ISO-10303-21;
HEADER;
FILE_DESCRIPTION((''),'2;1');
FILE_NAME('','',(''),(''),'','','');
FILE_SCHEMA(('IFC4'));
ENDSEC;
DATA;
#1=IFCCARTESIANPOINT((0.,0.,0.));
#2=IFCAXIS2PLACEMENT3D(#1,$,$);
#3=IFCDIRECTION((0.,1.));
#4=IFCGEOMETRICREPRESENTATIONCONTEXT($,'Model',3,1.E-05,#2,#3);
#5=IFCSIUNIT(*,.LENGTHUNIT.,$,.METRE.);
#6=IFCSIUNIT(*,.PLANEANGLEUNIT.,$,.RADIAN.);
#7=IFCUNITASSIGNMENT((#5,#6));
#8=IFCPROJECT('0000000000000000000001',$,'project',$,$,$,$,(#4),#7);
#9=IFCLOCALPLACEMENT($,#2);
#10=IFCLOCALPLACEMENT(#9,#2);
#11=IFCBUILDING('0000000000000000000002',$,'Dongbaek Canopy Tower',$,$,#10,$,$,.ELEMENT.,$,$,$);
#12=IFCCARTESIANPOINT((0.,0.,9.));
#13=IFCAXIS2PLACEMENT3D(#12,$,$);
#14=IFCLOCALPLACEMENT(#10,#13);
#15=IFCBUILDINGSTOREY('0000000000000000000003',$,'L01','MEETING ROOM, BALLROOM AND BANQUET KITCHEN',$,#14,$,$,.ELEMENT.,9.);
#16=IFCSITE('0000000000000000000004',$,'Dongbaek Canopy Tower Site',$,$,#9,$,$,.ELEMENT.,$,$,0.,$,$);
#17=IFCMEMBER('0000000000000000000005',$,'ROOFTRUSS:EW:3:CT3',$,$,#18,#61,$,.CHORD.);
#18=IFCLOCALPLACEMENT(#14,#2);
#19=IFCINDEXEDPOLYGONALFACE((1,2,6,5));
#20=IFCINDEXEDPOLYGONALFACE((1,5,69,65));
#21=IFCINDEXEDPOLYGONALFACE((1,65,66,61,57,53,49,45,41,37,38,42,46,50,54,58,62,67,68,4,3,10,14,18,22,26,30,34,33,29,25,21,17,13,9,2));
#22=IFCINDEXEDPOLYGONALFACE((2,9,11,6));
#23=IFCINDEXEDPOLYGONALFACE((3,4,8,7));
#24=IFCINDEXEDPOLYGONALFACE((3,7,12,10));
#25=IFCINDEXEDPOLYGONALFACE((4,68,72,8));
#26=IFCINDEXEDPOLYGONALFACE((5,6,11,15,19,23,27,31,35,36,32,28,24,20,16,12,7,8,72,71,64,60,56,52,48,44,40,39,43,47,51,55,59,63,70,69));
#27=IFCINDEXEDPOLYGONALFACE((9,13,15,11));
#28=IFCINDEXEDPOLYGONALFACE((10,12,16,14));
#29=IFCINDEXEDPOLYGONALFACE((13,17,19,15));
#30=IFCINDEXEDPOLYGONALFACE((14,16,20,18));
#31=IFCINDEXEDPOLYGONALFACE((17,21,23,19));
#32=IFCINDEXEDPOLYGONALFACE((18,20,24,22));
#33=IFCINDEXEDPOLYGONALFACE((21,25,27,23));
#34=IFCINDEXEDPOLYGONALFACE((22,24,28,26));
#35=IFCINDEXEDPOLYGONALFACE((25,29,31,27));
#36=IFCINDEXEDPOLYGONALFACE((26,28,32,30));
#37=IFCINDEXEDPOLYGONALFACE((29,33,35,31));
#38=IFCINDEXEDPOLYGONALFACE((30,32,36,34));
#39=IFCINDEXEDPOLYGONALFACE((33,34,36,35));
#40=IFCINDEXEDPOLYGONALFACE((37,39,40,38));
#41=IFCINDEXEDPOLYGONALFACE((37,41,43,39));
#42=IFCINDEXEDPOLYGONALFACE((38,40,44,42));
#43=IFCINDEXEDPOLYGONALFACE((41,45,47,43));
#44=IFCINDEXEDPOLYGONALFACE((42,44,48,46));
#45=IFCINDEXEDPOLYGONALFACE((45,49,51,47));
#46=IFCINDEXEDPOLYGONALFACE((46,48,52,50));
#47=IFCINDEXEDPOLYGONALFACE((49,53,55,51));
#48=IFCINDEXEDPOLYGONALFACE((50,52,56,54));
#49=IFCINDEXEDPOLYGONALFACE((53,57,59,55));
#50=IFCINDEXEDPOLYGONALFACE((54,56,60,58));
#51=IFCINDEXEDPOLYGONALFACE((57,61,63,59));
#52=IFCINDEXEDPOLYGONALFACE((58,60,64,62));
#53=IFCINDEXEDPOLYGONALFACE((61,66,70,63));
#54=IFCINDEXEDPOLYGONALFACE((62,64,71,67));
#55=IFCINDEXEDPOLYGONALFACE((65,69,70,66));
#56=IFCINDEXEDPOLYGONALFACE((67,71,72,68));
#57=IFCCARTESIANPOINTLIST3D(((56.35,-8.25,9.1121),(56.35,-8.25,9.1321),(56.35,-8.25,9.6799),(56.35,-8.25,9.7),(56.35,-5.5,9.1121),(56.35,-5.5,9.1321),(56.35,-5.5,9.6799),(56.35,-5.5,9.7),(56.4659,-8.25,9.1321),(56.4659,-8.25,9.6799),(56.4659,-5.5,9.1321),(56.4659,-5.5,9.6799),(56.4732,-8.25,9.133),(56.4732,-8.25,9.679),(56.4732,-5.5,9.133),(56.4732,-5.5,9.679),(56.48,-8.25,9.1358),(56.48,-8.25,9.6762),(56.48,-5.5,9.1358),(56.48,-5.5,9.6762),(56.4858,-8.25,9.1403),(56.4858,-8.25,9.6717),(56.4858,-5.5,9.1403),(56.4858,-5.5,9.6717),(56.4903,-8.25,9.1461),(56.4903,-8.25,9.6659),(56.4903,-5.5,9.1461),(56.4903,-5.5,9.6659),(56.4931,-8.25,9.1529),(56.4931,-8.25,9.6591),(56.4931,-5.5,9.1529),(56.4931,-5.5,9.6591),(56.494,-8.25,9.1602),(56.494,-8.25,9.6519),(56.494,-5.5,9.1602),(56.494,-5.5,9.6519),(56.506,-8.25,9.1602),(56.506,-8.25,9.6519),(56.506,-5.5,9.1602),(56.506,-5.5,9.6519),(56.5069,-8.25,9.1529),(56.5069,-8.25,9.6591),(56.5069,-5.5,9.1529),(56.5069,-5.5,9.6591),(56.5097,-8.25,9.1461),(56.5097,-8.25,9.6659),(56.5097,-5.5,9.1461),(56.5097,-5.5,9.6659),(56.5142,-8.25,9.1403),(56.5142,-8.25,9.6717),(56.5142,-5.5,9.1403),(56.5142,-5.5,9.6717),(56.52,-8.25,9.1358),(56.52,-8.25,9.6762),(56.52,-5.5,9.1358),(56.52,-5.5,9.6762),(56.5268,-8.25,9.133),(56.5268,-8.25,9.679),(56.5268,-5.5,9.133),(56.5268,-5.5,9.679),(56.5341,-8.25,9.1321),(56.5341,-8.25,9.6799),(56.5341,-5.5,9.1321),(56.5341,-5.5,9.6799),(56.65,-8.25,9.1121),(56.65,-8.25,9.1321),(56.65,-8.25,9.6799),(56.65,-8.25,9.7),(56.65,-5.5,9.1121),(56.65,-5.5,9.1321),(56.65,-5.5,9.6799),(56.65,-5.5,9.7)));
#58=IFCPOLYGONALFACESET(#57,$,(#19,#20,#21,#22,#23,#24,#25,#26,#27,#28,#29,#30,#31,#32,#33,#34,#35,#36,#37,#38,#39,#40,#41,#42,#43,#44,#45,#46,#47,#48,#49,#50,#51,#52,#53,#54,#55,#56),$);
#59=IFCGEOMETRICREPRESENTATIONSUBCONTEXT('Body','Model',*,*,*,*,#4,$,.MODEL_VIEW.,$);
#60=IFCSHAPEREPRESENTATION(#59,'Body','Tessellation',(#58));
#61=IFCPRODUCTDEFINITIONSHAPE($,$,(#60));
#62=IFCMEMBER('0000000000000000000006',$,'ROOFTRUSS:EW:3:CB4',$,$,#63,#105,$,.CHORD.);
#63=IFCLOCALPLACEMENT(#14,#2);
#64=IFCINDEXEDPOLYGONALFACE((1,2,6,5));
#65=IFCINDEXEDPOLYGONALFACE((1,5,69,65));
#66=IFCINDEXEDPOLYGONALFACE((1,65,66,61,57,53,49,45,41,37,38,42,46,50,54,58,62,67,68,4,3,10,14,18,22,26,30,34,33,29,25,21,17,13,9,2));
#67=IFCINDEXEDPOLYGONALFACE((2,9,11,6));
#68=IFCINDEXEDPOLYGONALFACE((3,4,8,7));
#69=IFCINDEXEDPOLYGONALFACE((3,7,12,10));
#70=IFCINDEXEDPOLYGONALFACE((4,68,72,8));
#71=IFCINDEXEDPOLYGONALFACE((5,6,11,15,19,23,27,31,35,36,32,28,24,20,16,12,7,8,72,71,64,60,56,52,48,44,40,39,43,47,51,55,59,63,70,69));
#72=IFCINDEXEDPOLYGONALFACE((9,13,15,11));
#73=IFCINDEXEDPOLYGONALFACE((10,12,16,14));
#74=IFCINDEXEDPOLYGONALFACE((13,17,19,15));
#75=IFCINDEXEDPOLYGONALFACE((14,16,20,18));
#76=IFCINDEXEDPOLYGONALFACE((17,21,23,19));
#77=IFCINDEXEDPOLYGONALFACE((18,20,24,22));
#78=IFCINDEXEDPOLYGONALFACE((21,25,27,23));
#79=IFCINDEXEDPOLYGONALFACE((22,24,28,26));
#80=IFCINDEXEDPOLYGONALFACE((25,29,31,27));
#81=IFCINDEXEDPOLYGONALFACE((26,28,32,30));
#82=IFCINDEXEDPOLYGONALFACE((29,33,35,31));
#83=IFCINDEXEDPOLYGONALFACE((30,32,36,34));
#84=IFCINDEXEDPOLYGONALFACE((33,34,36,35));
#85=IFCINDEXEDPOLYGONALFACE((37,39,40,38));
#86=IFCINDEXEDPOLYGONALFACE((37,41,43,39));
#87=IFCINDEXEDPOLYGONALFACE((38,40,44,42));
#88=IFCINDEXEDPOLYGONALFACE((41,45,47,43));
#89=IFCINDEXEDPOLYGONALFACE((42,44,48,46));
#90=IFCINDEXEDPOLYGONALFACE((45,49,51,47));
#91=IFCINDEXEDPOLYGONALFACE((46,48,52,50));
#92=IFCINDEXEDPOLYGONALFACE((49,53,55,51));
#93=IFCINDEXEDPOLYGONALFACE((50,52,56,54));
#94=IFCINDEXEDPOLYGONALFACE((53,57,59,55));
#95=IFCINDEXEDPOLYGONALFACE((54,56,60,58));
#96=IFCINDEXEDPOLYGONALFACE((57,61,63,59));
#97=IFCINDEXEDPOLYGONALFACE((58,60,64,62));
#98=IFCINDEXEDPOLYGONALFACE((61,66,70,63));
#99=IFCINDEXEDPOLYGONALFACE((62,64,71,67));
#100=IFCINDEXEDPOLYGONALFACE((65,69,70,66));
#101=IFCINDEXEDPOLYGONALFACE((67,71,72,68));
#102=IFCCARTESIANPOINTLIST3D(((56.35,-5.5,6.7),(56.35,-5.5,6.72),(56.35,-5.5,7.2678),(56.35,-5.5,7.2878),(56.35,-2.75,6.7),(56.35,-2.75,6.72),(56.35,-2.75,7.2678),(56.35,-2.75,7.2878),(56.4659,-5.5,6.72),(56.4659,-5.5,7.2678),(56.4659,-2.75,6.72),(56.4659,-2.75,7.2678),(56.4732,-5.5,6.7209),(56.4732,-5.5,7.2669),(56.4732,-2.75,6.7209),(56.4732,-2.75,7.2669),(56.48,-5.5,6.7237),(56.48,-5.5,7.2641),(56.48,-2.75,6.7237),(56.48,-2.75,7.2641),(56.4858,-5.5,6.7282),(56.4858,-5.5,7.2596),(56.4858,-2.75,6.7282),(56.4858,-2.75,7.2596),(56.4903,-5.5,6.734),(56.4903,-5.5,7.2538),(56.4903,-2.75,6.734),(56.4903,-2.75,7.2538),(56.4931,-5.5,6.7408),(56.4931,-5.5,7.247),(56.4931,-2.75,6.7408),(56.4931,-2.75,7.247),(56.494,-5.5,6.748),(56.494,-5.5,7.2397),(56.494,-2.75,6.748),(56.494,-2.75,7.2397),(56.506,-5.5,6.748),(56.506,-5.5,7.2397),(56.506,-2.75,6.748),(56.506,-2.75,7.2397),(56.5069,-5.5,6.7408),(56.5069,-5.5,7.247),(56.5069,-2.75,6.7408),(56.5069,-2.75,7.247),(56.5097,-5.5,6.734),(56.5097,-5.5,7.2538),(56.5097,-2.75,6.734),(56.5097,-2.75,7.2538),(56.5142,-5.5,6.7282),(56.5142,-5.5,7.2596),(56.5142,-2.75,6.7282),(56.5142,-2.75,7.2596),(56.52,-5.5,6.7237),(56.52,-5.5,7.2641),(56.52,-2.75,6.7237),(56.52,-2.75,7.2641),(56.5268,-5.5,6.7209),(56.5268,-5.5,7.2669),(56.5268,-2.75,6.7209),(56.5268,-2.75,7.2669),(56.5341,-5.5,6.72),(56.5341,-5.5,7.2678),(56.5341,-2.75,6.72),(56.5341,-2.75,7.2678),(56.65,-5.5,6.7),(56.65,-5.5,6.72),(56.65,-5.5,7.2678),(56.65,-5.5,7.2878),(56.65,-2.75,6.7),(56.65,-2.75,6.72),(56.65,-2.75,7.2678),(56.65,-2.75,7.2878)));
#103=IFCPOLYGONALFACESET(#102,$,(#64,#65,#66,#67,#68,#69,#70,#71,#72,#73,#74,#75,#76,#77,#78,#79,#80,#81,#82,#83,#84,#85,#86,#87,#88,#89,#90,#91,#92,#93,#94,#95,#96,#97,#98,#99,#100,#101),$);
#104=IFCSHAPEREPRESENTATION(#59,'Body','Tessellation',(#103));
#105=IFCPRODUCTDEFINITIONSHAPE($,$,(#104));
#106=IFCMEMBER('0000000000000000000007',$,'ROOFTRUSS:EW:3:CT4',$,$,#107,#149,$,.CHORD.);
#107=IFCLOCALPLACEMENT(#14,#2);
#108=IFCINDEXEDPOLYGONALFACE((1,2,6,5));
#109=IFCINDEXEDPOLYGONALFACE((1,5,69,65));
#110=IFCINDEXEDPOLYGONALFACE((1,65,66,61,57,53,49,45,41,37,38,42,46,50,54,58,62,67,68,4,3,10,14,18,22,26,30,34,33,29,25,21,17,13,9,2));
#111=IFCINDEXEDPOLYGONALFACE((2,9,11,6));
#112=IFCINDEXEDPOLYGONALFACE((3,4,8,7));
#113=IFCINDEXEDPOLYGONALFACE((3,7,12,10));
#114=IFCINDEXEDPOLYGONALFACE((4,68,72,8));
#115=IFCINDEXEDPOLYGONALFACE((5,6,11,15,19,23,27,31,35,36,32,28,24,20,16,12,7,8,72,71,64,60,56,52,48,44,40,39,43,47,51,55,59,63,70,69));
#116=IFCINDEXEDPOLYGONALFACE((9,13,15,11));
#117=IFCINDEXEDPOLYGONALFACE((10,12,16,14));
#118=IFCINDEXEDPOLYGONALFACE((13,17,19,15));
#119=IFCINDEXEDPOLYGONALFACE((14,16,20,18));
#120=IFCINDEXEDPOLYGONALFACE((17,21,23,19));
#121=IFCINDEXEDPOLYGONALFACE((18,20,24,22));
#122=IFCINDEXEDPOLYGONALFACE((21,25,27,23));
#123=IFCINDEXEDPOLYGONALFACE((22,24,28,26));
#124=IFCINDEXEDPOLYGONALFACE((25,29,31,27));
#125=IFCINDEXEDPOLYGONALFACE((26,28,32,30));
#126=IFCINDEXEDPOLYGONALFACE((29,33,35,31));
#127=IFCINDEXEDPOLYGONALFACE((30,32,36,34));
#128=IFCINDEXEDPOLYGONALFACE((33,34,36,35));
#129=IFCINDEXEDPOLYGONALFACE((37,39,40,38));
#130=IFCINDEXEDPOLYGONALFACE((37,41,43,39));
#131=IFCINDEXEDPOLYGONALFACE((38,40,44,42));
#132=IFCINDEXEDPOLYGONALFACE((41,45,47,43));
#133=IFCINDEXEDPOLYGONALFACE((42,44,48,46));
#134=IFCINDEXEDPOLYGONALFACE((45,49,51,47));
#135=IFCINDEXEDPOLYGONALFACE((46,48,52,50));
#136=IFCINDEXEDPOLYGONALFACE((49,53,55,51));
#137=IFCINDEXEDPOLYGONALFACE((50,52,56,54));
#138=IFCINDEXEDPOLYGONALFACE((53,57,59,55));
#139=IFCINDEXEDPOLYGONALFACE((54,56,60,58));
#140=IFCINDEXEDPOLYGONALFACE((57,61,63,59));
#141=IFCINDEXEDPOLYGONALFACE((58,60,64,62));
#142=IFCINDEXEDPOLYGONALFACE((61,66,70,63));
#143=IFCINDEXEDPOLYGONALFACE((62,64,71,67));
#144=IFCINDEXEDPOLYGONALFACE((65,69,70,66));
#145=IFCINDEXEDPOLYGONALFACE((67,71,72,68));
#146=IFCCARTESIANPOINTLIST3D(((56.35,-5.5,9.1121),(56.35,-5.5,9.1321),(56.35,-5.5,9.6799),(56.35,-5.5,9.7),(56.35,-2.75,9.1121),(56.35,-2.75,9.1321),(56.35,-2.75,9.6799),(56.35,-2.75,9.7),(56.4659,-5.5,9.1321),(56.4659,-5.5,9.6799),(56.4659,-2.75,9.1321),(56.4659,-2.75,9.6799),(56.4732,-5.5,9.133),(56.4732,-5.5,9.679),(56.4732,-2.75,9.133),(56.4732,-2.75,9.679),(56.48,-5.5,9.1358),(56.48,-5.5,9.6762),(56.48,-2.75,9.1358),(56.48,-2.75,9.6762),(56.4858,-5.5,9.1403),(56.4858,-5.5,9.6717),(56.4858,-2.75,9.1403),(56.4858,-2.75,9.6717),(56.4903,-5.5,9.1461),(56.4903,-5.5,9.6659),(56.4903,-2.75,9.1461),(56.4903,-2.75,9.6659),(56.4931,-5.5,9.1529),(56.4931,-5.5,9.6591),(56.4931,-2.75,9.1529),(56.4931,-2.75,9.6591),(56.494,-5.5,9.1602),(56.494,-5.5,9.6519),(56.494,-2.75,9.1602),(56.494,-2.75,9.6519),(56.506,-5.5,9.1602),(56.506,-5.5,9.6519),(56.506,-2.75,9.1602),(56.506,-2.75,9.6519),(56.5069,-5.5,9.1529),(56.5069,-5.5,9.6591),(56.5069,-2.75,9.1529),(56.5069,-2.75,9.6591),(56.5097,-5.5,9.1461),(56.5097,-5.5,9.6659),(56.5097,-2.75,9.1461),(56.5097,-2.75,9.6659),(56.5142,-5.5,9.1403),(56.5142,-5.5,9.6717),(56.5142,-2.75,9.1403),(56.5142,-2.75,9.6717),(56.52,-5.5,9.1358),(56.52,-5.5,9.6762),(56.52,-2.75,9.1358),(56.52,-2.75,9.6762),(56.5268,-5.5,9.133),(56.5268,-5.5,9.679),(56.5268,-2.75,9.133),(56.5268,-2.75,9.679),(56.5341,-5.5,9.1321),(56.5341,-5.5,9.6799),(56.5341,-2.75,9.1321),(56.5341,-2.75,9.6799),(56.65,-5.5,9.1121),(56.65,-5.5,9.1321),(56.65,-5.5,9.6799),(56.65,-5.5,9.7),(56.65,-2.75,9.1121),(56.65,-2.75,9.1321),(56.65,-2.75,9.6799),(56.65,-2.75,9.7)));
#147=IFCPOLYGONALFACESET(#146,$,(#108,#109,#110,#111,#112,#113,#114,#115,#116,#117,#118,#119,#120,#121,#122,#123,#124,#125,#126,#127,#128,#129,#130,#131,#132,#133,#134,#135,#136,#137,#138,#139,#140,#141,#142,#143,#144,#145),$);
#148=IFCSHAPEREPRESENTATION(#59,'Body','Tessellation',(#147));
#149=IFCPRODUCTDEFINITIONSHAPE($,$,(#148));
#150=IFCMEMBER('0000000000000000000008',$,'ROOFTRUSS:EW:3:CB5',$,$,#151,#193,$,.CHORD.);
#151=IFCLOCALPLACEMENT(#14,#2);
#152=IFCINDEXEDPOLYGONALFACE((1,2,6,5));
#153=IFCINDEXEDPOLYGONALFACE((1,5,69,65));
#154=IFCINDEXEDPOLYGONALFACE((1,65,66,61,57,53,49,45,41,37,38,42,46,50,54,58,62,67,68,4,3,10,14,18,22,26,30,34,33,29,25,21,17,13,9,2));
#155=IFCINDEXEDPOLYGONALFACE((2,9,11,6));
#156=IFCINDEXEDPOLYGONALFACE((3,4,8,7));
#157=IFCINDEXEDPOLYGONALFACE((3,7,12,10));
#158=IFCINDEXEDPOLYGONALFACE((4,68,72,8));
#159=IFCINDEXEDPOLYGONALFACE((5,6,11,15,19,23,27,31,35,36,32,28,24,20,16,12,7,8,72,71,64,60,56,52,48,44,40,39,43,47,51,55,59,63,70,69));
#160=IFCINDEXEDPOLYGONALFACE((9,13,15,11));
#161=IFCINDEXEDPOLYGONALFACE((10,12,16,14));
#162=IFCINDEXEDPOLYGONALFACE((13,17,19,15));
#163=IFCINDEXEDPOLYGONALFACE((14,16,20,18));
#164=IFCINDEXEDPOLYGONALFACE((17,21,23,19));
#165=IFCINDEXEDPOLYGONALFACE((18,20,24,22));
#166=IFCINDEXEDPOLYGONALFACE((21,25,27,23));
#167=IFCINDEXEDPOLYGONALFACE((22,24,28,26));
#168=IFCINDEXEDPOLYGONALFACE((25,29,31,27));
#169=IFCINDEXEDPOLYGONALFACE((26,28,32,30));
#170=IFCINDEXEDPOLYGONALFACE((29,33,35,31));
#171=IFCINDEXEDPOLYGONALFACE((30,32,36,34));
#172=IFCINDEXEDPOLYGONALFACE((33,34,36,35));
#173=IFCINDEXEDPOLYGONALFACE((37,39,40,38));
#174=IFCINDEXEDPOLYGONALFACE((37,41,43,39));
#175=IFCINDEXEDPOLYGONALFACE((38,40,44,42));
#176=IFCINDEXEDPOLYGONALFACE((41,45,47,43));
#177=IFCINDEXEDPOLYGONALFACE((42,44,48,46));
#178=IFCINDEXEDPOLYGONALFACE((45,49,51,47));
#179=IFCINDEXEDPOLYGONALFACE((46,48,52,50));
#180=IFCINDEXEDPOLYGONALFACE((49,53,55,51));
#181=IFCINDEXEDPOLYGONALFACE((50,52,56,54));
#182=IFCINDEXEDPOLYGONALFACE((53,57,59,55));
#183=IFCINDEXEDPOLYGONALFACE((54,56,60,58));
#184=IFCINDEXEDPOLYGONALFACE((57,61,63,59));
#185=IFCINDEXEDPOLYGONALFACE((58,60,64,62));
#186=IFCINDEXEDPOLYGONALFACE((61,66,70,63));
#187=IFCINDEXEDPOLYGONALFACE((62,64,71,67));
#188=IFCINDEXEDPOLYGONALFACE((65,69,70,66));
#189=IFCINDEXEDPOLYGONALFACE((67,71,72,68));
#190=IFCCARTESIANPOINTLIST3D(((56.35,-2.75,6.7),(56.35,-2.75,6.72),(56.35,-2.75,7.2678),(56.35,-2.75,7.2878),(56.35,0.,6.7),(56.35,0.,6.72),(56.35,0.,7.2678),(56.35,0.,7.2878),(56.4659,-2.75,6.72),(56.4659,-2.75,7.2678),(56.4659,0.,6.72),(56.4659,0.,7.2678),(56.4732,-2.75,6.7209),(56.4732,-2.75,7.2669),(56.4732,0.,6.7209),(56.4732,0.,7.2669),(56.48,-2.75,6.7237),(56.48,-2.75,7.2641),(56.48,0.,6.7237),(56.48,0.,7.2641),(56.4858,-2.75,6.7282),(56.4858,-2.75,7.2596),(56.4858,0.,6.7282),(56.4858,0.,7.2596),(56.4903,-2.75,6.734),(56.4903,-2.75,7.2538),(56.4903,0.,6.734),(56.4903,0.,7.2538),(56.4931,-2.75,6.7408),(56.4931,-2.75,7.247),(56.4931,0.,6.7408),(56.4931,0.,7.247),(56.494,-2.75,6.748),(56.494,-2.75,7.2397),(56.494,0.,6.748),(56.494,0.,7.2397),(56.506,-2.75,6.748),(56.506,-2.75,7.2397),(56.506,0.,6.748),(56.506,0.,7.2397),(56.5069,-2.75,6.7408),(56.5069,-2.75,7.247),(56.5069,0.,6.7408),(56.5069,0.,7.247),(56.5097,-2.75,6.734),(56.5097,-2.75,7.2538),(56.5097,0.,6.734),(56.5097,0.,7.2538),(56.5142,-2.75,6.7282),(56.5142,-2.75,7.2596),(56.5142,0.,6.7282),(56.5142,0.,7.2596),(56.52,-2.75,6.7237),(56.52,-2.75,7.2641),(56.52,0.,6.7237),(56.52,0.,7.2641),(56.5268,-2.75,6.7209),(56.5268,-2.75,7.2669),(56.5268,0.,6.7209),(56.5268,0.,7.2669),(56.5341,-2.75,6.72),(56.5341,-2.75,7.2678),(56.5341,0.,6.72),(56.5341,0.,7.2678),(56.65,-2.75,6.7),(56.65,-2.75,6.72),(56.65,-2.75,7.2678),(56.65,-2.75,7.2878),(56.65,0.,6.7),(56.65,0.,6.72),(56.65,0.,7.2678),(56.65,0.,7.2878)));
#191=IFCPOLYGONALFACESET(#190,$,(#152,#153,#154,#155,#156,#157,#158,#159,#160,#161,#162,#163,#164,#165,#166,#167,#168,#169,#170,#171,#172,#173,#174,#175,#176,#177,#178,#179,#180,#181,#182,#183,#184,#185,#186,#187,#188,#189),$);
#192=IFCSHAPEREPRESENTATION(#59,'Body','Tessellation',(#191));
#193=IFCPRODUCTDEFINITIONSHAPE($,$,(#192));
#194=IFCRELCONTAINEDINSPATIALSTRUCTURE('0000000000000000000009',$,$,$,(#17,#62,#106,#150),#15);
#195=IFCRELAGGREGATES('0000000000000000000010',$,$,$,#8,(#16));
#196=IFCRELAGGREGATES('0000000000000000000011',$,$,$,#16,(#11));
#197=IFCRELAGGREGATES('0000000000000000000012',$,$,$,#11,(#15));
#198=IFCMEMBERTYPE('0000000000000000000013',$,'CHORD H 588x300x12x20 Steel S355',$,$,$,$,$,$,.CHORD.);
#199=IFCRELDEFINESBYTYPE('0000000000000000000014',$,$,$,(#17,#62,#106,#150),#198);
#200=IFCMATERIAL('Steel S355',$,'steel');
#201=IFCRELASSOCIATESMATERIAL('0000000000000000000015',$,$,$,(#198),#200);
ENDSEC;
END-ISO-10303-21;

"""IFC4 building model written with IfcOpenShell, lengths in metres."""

from ifc_helpers import new_model, si_unit, direction, frame, origin, origin_2d, place, context, subcontext, project, spatial, i_section, extrude, material, material_profile, profile_set, type_object, element, save


model = new_model("IFC4")

# Units and contexts
model_context = context("Model", 3, precision=1e-05, world=origin(), true_north=direction((0.0, 1.0)))
body_context = subcontext(model_context, "Body", "Model", "MODEL_VIEW")
ifc_project = project(units=[si_unit("LENGTHUNIT", "METRE"), si_unit("PLANEANGLEUNIT", "RADIAN")], contexts=[model_context])

# Site, building, storey
site_placement = place(None, origin())
site = spatial("IfcSite", under=ifc_project, at=site_placement, Name="Dongbaek Canopy Tower Site", CompositionType="ELEMENT", RefElevation=0.0)
building_placement = place(site_placement, origin())
building = spatial("IfcBuilding", under=site, at=building_placement, Name="Dongbaek Canopy Tower", CompositionType="ELEMENT")
storey_placement = place(building_placement, frame((0.0, 0.0, 9.0)))
storey = spatial("IfcBuildingStorey", under=building, at=storey_placement, Name="L01", Description="MEETING ROOM, BALLROOM AND BANQUET KITCHEN", CompositionType="ELEMENT", Elevation=9.0)

# Members
ifc_material_1 = material(Name="Steel S355", Category="steel")
ifc_material_profile_1 = material_profile(ifc_material_1, i_section(OverallWidth=0.3, OverallDepth=0.5879, WebThickness=0.012, FlangeThickness=0.02, FilletRadius=0.0281, at=origin_2d()), Name="CHORD H 588x300x12x20 Steel S355")
ifc_profile_set_1 = profile_set([ifc_material_profile_1], Name="Steel S355")
member_type_1 = type_object("IfcMemberType", Name="CHORD H 588x300x12x20 Steel S355", PredefinedType="CHORD", material=ifc_profile_set_1)
for number, where, z_axis, x_axis, name in (
    (1, (56.5, -8.25, 9.406), (0.0, 1.0, 0.0), (-1.0, 0.0, 0.0), "ROOFTRUSS:EW:3:CT3"),
    (2, (56.5, -5.5, 6.9939), (0.0, 1.0, 0.0), (-1.0, 0.0, 0.0), "ROOFTRUSS:EW:3:CB4"),
    (3, (56.5, -5.5, 9.406), (0.0, 1.0, 0.0), (-1.0, 0.0, 0.0), "ROOFTRUSS:EW:3:CT4"),
    (4, (56.5, -2.75, 6.9939), (0.0, 1.0, 0.0), (-1.0, 0.0, 0.0), "ROOFTRUSS:EW:3:CB5"),
):
    element("IfcMember", number, at=place(storey_placement, frame(where, z_axis=z_axis, x_axis=x_axis)), inside=storey, type_object=member_type_1, Name=name, PredefinedType="CHORD", context=body_context, shape_type="SweptSolid", body=[
        extrude(i_section(OverallWidth=0.3, OverallDepth=0.5879, WebThickness=0.012, FlangeThickness=0.02, FilletRadius=0.0281, at=origin_2d()), origin(), (0.0, 0.0, 1.0), 2.75),
    ])

save(model, "model.ifc")
